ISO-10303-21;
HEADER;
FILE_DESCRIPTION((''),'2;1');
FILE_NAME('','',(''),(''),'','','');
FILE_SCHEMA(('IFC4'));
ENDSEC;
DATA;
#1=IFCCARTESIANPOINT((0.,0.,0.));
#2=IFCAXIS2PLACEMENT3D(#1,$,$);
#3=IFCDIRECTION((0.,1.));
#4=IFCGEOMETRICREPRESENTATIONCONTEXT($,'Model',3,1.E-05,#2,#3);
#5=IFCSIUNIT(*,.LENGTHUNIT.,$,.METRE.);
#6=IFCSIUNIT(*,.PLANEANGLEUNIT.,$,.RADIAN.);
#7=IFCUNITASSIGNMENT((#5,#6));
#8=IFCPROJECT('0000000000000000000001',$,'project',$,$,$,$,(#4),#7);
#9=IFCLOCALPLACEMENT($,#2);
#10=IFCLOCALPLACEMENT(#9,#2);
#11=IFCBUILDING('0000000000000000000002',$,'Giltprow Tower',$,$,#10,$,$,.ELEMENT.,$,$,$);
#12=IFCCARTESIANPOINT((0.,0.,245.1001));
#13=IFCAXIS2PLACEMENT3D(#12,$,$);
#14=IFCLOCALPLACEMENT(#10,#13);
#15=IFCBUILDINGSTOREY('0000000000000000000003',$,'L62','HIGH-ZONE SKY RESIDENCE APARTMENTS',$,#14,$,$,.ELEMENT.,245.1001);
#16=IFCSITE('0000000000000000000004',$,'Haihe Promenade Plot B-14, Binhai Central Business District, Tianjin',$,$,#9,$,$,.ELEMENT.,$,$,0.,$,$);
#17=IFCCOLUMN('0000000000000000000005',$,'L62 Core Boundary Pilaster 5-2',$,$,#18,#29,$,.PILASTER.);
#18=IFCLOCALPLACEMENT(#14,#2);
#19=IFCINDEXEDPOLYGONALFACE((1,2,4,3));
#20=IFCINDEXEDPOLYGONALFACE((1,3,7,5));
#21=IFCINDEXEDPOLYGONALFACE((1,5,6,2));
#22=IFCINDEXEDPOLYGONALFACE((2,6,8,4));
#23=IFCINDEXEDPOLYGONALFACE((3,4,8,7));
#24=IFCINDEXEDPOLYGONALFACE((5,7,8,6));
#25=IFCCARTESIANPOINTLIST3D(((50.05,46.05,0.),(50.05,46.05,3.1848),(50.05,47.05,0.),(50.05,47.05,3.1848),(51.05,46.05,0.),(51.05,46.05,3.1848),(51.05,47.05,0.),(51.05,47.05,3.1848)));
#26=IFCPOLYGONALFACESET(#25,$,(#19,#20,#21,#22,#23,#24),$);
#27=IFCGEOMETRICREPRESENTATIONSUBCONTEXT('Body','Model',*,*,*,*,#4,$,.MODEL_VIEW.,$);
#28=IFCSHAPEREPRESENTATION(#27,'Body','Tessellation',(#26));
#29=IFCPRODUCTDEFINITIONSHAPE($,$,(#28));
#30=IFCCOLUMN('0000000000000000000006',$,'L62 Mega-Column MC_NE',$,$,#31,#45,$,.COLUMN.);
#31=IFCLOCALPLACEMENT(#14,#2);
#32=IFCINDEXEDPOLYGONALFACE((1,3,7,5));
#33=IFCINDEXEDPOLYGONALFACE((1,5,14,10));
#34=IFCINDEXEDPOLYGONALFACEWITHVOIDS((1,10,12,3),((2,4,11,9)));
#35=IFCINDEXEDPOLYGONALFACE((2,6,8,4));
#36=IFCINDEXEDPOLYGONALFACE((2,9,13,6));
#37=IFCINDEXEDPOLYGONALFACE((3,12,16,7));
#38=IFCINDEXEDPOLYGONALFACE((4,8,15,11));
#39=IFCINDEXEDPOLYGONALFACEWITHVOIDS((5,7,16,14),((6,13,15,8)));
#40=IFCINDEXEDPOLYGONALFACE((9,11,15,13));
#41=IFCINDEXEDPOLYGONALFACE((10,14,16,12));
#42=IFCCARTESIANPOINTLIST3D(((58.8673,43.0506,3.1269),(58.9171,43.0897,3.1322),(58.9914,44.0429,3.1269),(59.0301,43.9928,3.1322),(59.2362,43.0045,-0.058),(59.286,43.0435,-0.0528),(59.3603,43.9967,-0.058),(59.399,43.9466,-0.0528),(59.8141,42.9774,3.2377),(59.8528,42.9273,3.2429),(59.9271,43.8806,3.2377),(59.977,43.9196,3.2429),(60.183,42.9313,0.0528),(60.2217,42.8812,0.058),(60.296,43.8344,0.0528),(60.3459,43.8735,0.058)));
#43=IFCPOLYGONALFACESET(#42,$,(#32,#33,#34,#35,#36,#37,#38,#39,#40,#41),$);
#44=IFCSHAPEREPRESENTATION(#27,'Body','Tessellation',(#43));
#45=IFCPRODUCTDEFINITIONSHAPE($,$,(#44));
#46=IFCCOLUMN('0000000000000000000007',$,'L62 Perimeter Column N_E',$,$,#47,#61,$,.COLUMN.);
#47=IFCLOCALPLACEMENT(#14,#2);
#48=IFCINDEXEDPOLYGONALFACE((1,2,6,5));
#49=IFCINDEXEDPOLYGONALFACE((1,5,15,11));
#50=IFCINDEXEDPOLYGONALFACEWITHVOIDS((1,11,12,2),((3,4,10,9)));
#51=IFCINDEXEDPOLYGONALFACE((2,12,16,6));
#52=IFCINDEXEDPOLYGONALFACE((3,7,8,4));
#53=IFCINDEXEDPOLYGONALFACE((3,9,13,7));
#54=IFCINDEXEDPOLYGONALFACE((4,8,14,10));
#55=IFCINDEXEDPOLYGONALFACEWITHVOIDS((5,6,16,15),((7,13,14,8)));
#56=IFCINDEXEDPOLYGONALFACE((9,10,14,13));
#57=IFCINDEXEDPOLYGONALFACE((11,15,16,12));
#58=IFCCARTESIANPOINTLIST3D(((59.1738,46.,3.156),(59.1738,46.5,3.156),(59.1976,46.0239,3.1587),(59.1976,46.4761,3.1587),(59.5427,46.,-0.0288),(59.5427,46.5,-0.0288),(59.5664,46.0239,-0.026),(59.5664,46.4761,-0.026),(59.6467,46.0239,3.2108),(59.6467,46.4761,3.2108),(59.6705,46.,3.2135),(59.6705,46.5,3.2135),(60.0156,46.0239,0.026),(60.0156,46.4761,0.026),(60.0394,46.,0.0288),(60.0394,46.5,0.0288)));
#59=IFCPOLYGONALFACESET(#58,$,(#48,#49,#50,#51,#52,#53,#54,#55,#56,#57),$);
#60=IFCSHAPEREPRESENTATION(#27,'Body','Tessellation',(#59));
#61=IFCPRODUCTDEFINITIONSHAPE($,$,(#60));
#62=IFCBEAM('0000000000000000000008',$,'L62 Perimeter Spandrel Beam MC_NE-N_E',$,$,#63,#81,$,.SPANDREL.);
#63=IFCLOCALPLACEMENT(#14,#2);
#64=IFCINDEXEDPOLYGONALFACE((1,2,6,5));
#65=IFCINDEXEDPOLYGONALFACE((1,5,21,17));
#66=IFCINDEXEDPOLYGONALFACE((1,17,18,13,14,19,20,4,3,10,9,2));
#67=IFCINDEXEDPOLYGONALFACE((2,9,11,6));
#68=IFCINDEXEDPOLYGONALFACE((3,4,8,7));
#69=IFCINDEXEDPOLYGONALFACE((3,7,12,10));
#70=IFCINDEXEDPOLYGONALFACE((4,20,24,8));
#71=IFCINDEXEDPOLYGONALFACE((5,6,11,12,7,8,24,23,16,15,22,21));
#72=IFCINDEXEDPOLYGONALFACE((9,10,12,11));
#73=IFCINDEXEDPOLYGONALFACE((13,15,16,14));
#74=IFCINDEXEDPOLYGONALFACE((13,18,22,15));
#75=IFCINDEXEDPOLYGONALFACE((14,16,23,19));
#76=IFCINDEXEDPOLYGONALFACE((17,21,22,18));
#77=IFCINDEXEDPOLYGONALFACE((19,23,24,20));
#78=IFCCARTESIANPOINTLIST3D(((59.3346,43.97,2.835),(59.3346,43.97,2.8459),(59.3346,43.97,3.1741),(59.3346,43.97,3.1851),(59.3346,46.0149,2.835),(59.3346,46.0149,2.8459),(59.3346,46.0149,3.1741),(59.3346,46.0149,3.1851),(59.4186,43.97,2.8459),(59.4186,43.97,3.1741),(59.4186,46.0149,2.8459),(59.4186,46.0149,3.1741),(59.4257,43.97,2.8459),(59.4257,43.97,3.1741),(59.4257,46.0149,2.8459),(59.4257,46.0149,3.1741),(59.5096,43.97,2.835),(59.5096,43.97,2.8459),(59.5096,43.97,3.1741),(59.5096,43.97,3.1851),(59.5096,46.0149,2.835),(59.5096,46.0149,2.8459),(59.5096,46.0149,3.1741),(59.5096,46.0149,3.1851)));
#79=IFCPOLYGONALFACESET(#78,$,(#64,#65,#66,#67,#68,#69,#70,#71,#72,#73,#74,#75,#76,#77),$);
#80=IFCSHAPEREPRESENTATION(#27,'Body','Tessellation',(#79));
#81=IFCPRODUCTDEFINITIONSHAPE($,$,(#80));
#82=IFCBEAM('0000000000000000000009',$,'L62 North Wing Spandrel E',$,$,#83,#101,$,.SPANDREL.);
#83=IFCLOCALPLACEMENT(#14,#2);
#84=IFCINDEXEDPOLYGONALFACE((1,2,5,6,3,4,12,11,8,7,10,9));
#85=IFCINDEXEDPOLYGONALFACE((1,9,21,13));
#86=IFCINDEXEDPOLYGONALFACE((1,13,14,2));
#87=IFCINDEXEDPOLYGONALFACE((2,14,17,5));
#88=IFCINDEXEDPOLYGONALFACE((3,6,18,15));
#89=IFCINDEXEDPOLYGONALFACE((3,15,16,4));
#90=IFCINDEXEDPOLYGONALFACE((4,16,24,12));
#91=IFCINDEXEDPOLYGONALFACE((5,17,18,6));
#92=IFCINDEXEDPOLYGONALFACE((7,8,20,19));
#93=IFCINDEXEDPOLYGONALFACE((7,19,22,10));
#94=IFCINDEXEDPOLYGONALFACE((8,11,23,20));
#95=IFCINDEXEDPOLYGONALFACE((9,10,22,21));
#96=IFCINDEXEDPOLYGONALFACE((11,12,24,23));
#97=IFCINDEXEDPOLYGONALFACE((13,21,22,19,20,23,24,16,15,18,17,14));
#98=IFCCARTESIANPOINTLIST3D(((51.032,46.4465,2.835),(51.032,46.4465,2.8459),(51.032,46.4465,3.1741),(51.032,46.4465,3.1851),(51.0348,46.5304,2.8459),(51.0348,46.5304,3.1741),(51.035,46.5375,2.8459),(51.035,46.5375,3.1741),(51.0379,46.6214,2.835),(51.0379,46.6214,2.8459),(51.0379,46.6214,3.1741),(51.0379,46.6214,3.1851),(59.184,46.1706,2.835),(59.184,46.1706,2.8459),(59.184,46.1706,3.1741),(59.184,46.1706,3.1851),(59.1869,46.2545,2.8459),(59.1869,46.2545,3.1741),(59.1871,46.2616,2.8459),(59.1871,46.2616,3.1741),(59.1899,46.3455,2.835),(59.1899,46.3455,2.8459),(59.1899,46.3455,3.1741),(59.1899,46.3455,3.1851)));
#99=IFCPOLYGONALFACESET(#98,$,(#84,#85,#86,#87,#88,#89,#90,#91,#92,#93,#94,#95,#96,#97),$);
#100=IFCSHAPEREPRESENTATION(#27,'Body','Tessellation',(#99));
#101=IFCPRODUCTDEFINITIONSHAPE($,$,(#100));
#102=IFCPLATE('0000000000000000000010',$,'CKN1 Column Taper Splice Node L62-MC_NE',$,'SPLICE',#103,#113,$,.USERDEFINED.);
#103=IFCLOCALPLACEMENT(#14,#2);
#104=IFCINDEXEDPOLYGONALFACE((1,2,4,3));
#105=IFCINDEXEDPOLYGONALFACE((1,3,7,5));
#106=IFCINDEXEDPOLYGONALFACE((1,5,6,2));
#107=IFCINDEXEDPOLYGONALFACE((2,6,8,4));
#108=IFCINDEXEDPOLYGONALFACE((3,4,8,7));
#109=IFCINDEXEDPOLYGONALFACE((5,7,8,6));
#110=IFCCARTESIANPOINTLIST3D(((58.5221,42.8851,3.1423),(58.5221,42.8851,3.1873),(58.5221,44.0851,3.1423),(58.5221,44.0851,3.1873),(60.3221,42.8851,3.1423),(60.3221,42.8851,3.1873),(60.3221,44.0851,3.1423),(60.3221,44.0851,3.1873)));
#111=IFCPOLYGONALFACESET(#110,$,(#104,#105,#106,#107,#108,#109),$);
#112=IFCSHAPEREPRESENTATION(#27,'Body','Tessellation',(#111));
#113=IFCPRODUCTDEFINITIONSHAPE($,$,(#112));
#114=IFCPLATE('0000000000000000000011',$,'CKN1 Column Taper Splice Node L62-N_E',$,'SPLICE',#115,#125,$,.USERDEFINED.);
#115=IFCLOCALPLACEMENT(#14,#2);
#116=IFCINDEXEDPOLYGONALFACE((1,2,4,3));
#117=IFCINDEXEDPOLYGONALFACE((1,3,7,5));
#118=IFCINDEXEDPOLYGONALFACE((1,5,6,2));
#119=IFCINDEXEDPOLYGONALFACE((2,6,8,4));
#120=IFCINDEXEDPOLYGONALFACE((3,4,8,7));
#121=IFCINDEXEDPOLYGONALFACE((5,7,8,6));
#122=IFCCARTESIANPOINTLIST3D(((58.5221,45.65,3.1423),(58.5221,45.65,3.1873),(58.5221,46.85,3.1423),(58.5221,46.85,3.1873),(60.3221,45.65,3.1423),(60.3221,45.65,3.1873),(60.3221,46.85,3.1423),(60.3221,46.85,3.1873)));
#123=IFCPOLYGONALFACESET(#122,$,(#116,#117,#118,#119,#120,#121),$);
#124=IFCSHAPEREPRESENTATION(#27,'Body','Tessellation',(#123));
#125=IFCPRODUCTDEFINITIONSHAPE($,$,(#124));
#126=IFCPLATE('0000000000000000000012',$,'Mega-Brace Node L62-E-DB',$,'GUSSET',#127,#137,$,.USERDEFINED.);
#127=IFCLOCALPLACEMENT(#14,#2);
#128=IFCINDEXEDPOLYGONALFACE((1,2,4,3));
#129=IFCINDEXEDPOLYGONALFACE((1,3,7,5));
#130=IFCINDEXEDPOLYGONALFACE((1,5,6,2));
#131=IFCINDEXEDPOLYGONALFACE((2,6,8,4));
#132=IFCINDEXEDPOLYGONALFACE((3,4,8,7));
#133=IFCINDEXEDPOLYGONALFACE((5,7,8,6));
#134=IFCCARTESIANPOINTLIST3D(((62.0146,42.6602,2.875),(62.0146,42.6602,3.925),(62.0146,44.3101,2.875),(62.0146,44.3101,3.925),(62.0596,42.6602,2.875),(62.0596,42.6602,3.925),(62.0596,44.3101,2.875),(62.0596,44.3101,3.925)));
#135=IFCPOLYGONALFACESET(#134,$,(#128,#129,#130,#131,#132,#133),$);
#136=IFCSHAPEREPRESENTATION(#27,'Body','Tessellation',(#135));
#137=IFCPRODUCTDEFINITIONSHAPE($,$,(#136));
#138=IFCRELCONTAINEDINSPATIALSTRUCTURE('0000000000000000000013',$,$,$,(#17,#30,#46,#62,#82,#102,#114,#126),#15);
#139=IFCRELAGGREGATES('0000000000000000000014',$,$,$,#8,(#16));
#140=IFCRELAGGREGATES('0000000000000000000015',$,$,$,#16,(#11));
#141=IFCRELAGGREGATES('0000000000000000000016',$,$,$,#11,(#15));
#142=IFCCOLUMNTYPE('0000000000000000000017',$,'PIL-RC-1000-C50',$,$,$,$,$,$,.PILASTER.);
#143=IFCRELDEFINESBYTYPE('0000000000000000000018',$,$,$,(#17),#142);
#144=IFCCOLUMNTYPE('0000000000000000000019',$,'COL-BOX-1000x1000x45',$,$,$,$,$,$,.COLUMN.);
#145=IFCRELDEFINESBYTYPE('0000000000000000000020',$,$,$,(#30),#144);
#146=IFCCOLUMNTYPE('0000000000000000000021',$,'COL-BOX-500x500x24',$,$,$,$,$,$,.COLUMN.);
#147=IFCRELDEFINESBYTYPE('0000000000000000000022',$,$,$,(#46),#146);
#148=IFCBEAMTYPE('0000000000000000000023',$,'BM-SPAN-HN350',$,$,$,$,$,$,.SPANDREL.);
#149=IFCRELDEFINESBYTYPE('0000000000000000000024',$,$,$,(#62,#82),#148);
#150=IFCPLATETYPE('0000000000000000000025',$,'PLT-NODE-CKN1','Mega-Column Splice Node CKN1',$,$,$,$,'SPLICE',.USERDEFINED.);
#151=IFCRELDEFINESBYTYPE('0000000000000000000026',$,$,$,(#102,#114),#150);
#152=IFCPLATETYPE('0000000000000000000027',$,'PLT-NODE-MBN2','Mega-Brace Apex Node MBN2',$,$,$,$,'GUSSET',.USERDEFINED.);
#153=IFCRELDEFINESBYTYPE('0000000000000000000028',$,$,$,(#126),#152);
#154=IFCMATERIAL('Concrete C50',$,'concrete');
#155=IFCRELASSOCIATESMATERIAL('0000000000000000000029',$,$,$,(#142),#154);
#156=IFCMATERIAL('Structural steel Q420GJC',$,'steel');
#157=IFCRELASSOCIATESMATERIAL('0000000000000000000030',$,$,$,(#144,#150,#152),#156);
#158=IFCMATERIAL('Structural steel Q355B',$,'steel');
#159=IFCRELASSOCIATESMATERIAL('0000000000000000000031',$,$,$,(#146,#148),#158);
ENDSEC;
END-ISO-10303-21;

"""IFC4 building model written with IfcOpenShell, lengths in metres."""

from ifc_helpers import new_model, si_unit, direction, frame, origin, origin_2d, place, context, subcontext, project, spatial, rectangle, hollow_rectangle, i_section, extrude, source, transform, mapped, material, material_profile, profile_set, type_object, element, save


model = new_model("IFC4")

# Units and contexts
model_context = context("Model", 3, precision=1e-05, world=origin(), true_north=direction((0.0, 1.0)))
body_context = subcontext(model_context, "Body", "Model", "MODEL_VIEW")
ifc_project = project(units=[si_unit("LENGTHUNIT", "METRE"), si_unit("PLANEANGLEUNIT", "RADIAN")], contexts=[model_context])

# Site, building, storey
site_placement = place(None, origin())
site = spatial("IfcSite", under=ifc_project, at=site_placement, Name="Haihe Promenade Plot B-14, Binhai Central Business District, Tianjin", CompositionType="ELEMENT", RefElevation=0.0)
building_placement = place(site_placement, origin())
building = spatial("IfcBuilding", under=site, at=building_placement, Name="Giltprow Tower", CompositionType="ELEMENT")
storey_placement = place(building_placement, frame((0.0, 0.0, 245.1001)))
storey = spatial("IfcBuildingStorey", under=building, at=storey_placement, Name="L62", Description="HIGH-ZONE SKY RESIDENCE APARTMENTS", CompositionType="ELEMENT", Elevation=245.1001)

# Columns
ifc_material_1 = material(Name="Concrete C50", Category="concrete")
ifc_material_profile_1 = material_profile(ifc_material_1, rectangle(XDim=1.0, YDim=1.0, at=origin_2d()), Name="RC 1000x1000")
ifc_profile_set_1 = profile_set([ifc_material_profile_1], Name="Concrete C50")
column_type_1 = type_object("IfcColumnType", Name="PIL-RC-1000-C50", PredefinedType="PILASTER", material=ifc_profile_set_1)
shared_shape_1 = source(origin(), body_context, "Body", "SweptSolid", [
    extrude(rectangle(XDim=1.0, YDim=1.0, at=origin_2d()), origin(), (0.0, 0.0, 1.0), 3.1848),
])
column_1_placement = place(storey_placement, frame((50.55, 46.55, 0.0), z_axis=(0.0, 0.0, 1.0), x_axis=(1.0, 0.0, 0.0)))
element("IfcColumn", 1, at=column_1_placement, inside=storey, type_object=column_type_1, Name="L62 Core Boundary Pilaster 5-2", PredefinedType="PILASTER", context=body_context, shape_type="MappedRepresentation", body=[
    mapped(shared_shape_1, transform((0.0, 0.0, 0.0), x_axis=(1.0, 0.0, 0.0), y_axis=(0.0, 1.0, 0.0), z_axis=(0.0, 0.0, 1.0), scale=1.0)),
])
ifc_material_2 = material(Name="Structural steel Q420GJC", Category="steel")
ifc_material_profile_2 = material_profile(ifc_material_2, hollow_rectangle(XDim=1.0, YDim=1.0, WallThickness=0.0449, at=origin_2d()), Name="BOX 1000x1000x45")
ifc_profile_set_2 = profile_set([ifc_material_profile_2], Name="Structural steel Q420GJC")
column_type_2 = type_object("IfcColumnType", Name="COL-BOX-1000x1000x45", PredefinedType="COLUMN", material=ifc_profile_set_2)
shared_shape_2 = source(origin(), body_context, "Body", "SweptSolid", [
    extrude(hollow_rectangle(XDim=1.0, YDim=1.0, WallThickness=0.0449, at=origin_2d()), origin(), (0.0, 0.0, 1.0), 3.2065),
])
column_2_placement = place(storey_placement, frame((59.791, 43.439, 0.0), z_axis=(-0.115049, 0.014391, 0.993256), x_axis=(-0.124116, -0.992268, 0.0)))
element("IfcColumn", 2, at=column_2_placement, inside=storey, type_object=column_type_2, Name="L62 Mega-Column MC_NE", PredefinedType="COLUMN", context=body_context, shape_type="MappedRepresentation", body=[
    mapped(shared_shape_2, transform((0.0, 0.0, 0.0), x_axis=(1.0, 0.0, 0.0), y_axis=(0.0, 1.0, 0.0), z_axis=(0.0, 0.0, 1.0), scale=1.0)),
])
ifc_material_3 = material(Name="Structural steel Q355B", Category="steel")
ifc_material_profile_3 = material_profile(ifc_material_3, hollow_rectangle(XDim=0.5, YDim=0.5, WallThickness=0.0239, at=origin_2d()), Name="BOX 500x500x24")
ifc_profile_set_3 = profile_set([ifc_material_profile_3], Name="Structural steel Q355B")
column_type_3 = type_object("IfcColumnType", Name="COL-BOX-500x500x24", PredefinedType="COLUMN", material=ifc_profile_set_3)
shared_shape_3 = source(origin(), body_context, "Body", "SweptSolid", [
    extrude(hollow_rectangle(XDim=0.5, YDim=0.5, WallThickness=0.0239, at=origin_2d()), origin(), (0.0, 0.0, 1.0), 3.2061),
])
column_3_placement = place(storey_placement, frame((59.791, 46.25, 0.0), z_axis=(-0.115061, 0.0, 0.993358), x_axis=(0.0, -1.0, 0.0)))
element("IfcColumn", 3, at=column_3_placement, inside=storey, type_object=column_type_3, Name="L62 Perimeter Column N_E", PredefinedType="COLUMN", context=body_context, shape_type="MappedRepresentation", body=[
    mapped(shared_shape_3, transform((0.0, 0.0, 0.0), x_axis=(1.0, 0.0, 0.0), y_axis=(0.0, 1.0, 0.0), z_axis=(0.0, 0.0, 1.0), scale=1.0)),
])

# Beams
ifc_material_profile_4 = material_profile(ifc_material_3, i_section(OverallWidth=0.175, OverallDepth=0.3501, WebThickness=0.0071, FlangeThickness=0.011, at=origin_2d()), Name="HN 350x175x7x11")
ifc_profile_set_4 = profile_set([ifc_material_profile_4], Name="Structural steel Q355B")
beam_type = type_object("IfcBeamType", Name="BM-SPAN-HN350", PredefinedType="SPANDREL", material=ifc_profile_set_4)
shared_shape_4 = source(origin(), body_context, "Body", "SweptSolid", [
    extrude(i_section(OverallWidth=0.175, OverallDepth=0.3501, WebThickness=0.0071, FlangeThickness=0.011, at=origin_2d()), origin(), (0.0, 0.0, 1.0), 2.0449),
])
beam_1_placement = place(storey_placement, frame((59.4221, 43.97, 3.01), z_axis=(0.0, 1.0, 0.0), x_axis=(-1.0, 0.0, 0.0)))
element("IfcBeam", 4, at=beam_1_placement, inside=storey, type_object=beam_type, Name="L62 Perimeter Spandrel Beam MC_NE-N_E", PredefinedType="SPANDREL", context=body_context, shape_type="MappedRepresentation", body=[
    mapped(shared_shape_4, transform((0.0, 0.0, 0.0), x_axis=(1.0, 0.0, 0.0), y_axis=(0.0, 1.0, 0.0), z_axis=(0.0, 0.0, 1.0), scale=1.0)),
])
shared_shape_5 = source(origin(), body_context, "Body", "SweptSolid", [
    extrude(i_section(OverallWidth=0.175, OverallDepth=0.3501, WebThickness=0.0071, FlangeThickness=0.011, at=origin_2d()), origin(), (0.0, 0.0, 1.0), 8.1567),
])
beam_2_placement = place(storey_placement, frame((51.0349, 46.5339, 3.01), z_axis=(0.999428, -0.033822, 0.0), x_axis=(0.033822, 0.999428, 0.0)))
element("IfcBeam", 5, at=beam_2_placement, inside=storey, type_object=beam_type, Name="L62 North Wing Spandrel E", PredefinedType="SPANDREL", context=body_context, shape_type="MappedRepresentation", body=[
    mapped(shared_shape_5, transform((0.0, 0.0, 0.0), x_axis=(1.0, 0.0, 0.0), y_axis=(0.0, 1.0, 0.0), z_axis=(0.0, 0.0, 1.0), scale=1.0)),
])

# Plates
plate_type_1 = type_object("IfcPlateType", Name="PLT-NODE-CKN1", Description="Mega-Column Splice Node CKN1", ElementType="SPLICE", PredefinedType="USERDEFINED", material=ifc_material_2)
shared_shape_6 = source(origin(), body_context, "Body", "SweptSolid", [
    extrude(rectangle(XDim=1.8, YDim=1.2, at=origin_2d()), origin(), (0.0, 0.0, 1.0), 0.0449),
])
for number, where, z_axis, x_axis, name in (
    (6, (59.4221, 43.4851, 3.1423), (0.0, 0.0, 1.0), (1.0, 0.0, 0.0), "CKN1 Column Taper Splice Node L62-MC_NE"),
    (7, (59.4221, 46.25, 3.1423), (0.0, 0.0, 1.0), (1.0, 0.0, 0.0), "CKN1 Column Taper Splice Node L62-N_E"),
):
    element("IfcPlate", number, at=place(storey_placement, frame(where, z_axis=z_axis, x_axis=x_axis)), inside=storey, type_object=plate_type_1, Name=name, ObjectType="SPLICE", PredefinedType="USERDEFINED", context=body_context, shape_type="MappedRepresentation", body=[
        mapped(shared_shape_6, transform((0.0, 0.0, 0.0), x_axis=(1.0, 0.0, 0.0), y_axis=(0.0, 1.0, 0.0), z_axis=(0.0, 0.0, 1.0), scale=1.0)),
    ])
plate_type_2 = type_object("IfcPlateType", Name="PLT-NODE-MBN2", Description="Mega-Brace Apex Node MBN2", ElementType="GUSSET", PredefinedType="USERDEFINED", material=ifc_material_2)
shared_shape_7 = source(origin(), body_context, "Body", "SweptSolid", [
    extrude(rectangle(XDim=1.6499, YDim=0.0449, at=origin_2d()), origin(), (0.0, 0.0, 1.0), 1.05),
])
plate_placement = place(storey_placement, frame((62.0371, 43.4851, 2.875), z_axis=(0.0, 0.0, 1.0), x_axis=(0.0, 1.0, 0.0)))
element("IfcPlate", 8, at=plate_placement, inside=storey, type_object=plate_type_2, Name="Mega-Brace Node L62-E-DB", ObjectType="GUSSET", PredefinedType="USERDEFINED", context=body_context, shape_type="MappedRepresentation", body=[
    mapped(shared_shape_7, transform((0.0, 0.0, 0.0), x_axis=(1.0, 0.0, 0.0), y_axis=(0.0, 1.0, 0.0), z_axis=(0.0, 0.0, 1.0), scale=1.0)),
])

save(model, "model.ifc")
